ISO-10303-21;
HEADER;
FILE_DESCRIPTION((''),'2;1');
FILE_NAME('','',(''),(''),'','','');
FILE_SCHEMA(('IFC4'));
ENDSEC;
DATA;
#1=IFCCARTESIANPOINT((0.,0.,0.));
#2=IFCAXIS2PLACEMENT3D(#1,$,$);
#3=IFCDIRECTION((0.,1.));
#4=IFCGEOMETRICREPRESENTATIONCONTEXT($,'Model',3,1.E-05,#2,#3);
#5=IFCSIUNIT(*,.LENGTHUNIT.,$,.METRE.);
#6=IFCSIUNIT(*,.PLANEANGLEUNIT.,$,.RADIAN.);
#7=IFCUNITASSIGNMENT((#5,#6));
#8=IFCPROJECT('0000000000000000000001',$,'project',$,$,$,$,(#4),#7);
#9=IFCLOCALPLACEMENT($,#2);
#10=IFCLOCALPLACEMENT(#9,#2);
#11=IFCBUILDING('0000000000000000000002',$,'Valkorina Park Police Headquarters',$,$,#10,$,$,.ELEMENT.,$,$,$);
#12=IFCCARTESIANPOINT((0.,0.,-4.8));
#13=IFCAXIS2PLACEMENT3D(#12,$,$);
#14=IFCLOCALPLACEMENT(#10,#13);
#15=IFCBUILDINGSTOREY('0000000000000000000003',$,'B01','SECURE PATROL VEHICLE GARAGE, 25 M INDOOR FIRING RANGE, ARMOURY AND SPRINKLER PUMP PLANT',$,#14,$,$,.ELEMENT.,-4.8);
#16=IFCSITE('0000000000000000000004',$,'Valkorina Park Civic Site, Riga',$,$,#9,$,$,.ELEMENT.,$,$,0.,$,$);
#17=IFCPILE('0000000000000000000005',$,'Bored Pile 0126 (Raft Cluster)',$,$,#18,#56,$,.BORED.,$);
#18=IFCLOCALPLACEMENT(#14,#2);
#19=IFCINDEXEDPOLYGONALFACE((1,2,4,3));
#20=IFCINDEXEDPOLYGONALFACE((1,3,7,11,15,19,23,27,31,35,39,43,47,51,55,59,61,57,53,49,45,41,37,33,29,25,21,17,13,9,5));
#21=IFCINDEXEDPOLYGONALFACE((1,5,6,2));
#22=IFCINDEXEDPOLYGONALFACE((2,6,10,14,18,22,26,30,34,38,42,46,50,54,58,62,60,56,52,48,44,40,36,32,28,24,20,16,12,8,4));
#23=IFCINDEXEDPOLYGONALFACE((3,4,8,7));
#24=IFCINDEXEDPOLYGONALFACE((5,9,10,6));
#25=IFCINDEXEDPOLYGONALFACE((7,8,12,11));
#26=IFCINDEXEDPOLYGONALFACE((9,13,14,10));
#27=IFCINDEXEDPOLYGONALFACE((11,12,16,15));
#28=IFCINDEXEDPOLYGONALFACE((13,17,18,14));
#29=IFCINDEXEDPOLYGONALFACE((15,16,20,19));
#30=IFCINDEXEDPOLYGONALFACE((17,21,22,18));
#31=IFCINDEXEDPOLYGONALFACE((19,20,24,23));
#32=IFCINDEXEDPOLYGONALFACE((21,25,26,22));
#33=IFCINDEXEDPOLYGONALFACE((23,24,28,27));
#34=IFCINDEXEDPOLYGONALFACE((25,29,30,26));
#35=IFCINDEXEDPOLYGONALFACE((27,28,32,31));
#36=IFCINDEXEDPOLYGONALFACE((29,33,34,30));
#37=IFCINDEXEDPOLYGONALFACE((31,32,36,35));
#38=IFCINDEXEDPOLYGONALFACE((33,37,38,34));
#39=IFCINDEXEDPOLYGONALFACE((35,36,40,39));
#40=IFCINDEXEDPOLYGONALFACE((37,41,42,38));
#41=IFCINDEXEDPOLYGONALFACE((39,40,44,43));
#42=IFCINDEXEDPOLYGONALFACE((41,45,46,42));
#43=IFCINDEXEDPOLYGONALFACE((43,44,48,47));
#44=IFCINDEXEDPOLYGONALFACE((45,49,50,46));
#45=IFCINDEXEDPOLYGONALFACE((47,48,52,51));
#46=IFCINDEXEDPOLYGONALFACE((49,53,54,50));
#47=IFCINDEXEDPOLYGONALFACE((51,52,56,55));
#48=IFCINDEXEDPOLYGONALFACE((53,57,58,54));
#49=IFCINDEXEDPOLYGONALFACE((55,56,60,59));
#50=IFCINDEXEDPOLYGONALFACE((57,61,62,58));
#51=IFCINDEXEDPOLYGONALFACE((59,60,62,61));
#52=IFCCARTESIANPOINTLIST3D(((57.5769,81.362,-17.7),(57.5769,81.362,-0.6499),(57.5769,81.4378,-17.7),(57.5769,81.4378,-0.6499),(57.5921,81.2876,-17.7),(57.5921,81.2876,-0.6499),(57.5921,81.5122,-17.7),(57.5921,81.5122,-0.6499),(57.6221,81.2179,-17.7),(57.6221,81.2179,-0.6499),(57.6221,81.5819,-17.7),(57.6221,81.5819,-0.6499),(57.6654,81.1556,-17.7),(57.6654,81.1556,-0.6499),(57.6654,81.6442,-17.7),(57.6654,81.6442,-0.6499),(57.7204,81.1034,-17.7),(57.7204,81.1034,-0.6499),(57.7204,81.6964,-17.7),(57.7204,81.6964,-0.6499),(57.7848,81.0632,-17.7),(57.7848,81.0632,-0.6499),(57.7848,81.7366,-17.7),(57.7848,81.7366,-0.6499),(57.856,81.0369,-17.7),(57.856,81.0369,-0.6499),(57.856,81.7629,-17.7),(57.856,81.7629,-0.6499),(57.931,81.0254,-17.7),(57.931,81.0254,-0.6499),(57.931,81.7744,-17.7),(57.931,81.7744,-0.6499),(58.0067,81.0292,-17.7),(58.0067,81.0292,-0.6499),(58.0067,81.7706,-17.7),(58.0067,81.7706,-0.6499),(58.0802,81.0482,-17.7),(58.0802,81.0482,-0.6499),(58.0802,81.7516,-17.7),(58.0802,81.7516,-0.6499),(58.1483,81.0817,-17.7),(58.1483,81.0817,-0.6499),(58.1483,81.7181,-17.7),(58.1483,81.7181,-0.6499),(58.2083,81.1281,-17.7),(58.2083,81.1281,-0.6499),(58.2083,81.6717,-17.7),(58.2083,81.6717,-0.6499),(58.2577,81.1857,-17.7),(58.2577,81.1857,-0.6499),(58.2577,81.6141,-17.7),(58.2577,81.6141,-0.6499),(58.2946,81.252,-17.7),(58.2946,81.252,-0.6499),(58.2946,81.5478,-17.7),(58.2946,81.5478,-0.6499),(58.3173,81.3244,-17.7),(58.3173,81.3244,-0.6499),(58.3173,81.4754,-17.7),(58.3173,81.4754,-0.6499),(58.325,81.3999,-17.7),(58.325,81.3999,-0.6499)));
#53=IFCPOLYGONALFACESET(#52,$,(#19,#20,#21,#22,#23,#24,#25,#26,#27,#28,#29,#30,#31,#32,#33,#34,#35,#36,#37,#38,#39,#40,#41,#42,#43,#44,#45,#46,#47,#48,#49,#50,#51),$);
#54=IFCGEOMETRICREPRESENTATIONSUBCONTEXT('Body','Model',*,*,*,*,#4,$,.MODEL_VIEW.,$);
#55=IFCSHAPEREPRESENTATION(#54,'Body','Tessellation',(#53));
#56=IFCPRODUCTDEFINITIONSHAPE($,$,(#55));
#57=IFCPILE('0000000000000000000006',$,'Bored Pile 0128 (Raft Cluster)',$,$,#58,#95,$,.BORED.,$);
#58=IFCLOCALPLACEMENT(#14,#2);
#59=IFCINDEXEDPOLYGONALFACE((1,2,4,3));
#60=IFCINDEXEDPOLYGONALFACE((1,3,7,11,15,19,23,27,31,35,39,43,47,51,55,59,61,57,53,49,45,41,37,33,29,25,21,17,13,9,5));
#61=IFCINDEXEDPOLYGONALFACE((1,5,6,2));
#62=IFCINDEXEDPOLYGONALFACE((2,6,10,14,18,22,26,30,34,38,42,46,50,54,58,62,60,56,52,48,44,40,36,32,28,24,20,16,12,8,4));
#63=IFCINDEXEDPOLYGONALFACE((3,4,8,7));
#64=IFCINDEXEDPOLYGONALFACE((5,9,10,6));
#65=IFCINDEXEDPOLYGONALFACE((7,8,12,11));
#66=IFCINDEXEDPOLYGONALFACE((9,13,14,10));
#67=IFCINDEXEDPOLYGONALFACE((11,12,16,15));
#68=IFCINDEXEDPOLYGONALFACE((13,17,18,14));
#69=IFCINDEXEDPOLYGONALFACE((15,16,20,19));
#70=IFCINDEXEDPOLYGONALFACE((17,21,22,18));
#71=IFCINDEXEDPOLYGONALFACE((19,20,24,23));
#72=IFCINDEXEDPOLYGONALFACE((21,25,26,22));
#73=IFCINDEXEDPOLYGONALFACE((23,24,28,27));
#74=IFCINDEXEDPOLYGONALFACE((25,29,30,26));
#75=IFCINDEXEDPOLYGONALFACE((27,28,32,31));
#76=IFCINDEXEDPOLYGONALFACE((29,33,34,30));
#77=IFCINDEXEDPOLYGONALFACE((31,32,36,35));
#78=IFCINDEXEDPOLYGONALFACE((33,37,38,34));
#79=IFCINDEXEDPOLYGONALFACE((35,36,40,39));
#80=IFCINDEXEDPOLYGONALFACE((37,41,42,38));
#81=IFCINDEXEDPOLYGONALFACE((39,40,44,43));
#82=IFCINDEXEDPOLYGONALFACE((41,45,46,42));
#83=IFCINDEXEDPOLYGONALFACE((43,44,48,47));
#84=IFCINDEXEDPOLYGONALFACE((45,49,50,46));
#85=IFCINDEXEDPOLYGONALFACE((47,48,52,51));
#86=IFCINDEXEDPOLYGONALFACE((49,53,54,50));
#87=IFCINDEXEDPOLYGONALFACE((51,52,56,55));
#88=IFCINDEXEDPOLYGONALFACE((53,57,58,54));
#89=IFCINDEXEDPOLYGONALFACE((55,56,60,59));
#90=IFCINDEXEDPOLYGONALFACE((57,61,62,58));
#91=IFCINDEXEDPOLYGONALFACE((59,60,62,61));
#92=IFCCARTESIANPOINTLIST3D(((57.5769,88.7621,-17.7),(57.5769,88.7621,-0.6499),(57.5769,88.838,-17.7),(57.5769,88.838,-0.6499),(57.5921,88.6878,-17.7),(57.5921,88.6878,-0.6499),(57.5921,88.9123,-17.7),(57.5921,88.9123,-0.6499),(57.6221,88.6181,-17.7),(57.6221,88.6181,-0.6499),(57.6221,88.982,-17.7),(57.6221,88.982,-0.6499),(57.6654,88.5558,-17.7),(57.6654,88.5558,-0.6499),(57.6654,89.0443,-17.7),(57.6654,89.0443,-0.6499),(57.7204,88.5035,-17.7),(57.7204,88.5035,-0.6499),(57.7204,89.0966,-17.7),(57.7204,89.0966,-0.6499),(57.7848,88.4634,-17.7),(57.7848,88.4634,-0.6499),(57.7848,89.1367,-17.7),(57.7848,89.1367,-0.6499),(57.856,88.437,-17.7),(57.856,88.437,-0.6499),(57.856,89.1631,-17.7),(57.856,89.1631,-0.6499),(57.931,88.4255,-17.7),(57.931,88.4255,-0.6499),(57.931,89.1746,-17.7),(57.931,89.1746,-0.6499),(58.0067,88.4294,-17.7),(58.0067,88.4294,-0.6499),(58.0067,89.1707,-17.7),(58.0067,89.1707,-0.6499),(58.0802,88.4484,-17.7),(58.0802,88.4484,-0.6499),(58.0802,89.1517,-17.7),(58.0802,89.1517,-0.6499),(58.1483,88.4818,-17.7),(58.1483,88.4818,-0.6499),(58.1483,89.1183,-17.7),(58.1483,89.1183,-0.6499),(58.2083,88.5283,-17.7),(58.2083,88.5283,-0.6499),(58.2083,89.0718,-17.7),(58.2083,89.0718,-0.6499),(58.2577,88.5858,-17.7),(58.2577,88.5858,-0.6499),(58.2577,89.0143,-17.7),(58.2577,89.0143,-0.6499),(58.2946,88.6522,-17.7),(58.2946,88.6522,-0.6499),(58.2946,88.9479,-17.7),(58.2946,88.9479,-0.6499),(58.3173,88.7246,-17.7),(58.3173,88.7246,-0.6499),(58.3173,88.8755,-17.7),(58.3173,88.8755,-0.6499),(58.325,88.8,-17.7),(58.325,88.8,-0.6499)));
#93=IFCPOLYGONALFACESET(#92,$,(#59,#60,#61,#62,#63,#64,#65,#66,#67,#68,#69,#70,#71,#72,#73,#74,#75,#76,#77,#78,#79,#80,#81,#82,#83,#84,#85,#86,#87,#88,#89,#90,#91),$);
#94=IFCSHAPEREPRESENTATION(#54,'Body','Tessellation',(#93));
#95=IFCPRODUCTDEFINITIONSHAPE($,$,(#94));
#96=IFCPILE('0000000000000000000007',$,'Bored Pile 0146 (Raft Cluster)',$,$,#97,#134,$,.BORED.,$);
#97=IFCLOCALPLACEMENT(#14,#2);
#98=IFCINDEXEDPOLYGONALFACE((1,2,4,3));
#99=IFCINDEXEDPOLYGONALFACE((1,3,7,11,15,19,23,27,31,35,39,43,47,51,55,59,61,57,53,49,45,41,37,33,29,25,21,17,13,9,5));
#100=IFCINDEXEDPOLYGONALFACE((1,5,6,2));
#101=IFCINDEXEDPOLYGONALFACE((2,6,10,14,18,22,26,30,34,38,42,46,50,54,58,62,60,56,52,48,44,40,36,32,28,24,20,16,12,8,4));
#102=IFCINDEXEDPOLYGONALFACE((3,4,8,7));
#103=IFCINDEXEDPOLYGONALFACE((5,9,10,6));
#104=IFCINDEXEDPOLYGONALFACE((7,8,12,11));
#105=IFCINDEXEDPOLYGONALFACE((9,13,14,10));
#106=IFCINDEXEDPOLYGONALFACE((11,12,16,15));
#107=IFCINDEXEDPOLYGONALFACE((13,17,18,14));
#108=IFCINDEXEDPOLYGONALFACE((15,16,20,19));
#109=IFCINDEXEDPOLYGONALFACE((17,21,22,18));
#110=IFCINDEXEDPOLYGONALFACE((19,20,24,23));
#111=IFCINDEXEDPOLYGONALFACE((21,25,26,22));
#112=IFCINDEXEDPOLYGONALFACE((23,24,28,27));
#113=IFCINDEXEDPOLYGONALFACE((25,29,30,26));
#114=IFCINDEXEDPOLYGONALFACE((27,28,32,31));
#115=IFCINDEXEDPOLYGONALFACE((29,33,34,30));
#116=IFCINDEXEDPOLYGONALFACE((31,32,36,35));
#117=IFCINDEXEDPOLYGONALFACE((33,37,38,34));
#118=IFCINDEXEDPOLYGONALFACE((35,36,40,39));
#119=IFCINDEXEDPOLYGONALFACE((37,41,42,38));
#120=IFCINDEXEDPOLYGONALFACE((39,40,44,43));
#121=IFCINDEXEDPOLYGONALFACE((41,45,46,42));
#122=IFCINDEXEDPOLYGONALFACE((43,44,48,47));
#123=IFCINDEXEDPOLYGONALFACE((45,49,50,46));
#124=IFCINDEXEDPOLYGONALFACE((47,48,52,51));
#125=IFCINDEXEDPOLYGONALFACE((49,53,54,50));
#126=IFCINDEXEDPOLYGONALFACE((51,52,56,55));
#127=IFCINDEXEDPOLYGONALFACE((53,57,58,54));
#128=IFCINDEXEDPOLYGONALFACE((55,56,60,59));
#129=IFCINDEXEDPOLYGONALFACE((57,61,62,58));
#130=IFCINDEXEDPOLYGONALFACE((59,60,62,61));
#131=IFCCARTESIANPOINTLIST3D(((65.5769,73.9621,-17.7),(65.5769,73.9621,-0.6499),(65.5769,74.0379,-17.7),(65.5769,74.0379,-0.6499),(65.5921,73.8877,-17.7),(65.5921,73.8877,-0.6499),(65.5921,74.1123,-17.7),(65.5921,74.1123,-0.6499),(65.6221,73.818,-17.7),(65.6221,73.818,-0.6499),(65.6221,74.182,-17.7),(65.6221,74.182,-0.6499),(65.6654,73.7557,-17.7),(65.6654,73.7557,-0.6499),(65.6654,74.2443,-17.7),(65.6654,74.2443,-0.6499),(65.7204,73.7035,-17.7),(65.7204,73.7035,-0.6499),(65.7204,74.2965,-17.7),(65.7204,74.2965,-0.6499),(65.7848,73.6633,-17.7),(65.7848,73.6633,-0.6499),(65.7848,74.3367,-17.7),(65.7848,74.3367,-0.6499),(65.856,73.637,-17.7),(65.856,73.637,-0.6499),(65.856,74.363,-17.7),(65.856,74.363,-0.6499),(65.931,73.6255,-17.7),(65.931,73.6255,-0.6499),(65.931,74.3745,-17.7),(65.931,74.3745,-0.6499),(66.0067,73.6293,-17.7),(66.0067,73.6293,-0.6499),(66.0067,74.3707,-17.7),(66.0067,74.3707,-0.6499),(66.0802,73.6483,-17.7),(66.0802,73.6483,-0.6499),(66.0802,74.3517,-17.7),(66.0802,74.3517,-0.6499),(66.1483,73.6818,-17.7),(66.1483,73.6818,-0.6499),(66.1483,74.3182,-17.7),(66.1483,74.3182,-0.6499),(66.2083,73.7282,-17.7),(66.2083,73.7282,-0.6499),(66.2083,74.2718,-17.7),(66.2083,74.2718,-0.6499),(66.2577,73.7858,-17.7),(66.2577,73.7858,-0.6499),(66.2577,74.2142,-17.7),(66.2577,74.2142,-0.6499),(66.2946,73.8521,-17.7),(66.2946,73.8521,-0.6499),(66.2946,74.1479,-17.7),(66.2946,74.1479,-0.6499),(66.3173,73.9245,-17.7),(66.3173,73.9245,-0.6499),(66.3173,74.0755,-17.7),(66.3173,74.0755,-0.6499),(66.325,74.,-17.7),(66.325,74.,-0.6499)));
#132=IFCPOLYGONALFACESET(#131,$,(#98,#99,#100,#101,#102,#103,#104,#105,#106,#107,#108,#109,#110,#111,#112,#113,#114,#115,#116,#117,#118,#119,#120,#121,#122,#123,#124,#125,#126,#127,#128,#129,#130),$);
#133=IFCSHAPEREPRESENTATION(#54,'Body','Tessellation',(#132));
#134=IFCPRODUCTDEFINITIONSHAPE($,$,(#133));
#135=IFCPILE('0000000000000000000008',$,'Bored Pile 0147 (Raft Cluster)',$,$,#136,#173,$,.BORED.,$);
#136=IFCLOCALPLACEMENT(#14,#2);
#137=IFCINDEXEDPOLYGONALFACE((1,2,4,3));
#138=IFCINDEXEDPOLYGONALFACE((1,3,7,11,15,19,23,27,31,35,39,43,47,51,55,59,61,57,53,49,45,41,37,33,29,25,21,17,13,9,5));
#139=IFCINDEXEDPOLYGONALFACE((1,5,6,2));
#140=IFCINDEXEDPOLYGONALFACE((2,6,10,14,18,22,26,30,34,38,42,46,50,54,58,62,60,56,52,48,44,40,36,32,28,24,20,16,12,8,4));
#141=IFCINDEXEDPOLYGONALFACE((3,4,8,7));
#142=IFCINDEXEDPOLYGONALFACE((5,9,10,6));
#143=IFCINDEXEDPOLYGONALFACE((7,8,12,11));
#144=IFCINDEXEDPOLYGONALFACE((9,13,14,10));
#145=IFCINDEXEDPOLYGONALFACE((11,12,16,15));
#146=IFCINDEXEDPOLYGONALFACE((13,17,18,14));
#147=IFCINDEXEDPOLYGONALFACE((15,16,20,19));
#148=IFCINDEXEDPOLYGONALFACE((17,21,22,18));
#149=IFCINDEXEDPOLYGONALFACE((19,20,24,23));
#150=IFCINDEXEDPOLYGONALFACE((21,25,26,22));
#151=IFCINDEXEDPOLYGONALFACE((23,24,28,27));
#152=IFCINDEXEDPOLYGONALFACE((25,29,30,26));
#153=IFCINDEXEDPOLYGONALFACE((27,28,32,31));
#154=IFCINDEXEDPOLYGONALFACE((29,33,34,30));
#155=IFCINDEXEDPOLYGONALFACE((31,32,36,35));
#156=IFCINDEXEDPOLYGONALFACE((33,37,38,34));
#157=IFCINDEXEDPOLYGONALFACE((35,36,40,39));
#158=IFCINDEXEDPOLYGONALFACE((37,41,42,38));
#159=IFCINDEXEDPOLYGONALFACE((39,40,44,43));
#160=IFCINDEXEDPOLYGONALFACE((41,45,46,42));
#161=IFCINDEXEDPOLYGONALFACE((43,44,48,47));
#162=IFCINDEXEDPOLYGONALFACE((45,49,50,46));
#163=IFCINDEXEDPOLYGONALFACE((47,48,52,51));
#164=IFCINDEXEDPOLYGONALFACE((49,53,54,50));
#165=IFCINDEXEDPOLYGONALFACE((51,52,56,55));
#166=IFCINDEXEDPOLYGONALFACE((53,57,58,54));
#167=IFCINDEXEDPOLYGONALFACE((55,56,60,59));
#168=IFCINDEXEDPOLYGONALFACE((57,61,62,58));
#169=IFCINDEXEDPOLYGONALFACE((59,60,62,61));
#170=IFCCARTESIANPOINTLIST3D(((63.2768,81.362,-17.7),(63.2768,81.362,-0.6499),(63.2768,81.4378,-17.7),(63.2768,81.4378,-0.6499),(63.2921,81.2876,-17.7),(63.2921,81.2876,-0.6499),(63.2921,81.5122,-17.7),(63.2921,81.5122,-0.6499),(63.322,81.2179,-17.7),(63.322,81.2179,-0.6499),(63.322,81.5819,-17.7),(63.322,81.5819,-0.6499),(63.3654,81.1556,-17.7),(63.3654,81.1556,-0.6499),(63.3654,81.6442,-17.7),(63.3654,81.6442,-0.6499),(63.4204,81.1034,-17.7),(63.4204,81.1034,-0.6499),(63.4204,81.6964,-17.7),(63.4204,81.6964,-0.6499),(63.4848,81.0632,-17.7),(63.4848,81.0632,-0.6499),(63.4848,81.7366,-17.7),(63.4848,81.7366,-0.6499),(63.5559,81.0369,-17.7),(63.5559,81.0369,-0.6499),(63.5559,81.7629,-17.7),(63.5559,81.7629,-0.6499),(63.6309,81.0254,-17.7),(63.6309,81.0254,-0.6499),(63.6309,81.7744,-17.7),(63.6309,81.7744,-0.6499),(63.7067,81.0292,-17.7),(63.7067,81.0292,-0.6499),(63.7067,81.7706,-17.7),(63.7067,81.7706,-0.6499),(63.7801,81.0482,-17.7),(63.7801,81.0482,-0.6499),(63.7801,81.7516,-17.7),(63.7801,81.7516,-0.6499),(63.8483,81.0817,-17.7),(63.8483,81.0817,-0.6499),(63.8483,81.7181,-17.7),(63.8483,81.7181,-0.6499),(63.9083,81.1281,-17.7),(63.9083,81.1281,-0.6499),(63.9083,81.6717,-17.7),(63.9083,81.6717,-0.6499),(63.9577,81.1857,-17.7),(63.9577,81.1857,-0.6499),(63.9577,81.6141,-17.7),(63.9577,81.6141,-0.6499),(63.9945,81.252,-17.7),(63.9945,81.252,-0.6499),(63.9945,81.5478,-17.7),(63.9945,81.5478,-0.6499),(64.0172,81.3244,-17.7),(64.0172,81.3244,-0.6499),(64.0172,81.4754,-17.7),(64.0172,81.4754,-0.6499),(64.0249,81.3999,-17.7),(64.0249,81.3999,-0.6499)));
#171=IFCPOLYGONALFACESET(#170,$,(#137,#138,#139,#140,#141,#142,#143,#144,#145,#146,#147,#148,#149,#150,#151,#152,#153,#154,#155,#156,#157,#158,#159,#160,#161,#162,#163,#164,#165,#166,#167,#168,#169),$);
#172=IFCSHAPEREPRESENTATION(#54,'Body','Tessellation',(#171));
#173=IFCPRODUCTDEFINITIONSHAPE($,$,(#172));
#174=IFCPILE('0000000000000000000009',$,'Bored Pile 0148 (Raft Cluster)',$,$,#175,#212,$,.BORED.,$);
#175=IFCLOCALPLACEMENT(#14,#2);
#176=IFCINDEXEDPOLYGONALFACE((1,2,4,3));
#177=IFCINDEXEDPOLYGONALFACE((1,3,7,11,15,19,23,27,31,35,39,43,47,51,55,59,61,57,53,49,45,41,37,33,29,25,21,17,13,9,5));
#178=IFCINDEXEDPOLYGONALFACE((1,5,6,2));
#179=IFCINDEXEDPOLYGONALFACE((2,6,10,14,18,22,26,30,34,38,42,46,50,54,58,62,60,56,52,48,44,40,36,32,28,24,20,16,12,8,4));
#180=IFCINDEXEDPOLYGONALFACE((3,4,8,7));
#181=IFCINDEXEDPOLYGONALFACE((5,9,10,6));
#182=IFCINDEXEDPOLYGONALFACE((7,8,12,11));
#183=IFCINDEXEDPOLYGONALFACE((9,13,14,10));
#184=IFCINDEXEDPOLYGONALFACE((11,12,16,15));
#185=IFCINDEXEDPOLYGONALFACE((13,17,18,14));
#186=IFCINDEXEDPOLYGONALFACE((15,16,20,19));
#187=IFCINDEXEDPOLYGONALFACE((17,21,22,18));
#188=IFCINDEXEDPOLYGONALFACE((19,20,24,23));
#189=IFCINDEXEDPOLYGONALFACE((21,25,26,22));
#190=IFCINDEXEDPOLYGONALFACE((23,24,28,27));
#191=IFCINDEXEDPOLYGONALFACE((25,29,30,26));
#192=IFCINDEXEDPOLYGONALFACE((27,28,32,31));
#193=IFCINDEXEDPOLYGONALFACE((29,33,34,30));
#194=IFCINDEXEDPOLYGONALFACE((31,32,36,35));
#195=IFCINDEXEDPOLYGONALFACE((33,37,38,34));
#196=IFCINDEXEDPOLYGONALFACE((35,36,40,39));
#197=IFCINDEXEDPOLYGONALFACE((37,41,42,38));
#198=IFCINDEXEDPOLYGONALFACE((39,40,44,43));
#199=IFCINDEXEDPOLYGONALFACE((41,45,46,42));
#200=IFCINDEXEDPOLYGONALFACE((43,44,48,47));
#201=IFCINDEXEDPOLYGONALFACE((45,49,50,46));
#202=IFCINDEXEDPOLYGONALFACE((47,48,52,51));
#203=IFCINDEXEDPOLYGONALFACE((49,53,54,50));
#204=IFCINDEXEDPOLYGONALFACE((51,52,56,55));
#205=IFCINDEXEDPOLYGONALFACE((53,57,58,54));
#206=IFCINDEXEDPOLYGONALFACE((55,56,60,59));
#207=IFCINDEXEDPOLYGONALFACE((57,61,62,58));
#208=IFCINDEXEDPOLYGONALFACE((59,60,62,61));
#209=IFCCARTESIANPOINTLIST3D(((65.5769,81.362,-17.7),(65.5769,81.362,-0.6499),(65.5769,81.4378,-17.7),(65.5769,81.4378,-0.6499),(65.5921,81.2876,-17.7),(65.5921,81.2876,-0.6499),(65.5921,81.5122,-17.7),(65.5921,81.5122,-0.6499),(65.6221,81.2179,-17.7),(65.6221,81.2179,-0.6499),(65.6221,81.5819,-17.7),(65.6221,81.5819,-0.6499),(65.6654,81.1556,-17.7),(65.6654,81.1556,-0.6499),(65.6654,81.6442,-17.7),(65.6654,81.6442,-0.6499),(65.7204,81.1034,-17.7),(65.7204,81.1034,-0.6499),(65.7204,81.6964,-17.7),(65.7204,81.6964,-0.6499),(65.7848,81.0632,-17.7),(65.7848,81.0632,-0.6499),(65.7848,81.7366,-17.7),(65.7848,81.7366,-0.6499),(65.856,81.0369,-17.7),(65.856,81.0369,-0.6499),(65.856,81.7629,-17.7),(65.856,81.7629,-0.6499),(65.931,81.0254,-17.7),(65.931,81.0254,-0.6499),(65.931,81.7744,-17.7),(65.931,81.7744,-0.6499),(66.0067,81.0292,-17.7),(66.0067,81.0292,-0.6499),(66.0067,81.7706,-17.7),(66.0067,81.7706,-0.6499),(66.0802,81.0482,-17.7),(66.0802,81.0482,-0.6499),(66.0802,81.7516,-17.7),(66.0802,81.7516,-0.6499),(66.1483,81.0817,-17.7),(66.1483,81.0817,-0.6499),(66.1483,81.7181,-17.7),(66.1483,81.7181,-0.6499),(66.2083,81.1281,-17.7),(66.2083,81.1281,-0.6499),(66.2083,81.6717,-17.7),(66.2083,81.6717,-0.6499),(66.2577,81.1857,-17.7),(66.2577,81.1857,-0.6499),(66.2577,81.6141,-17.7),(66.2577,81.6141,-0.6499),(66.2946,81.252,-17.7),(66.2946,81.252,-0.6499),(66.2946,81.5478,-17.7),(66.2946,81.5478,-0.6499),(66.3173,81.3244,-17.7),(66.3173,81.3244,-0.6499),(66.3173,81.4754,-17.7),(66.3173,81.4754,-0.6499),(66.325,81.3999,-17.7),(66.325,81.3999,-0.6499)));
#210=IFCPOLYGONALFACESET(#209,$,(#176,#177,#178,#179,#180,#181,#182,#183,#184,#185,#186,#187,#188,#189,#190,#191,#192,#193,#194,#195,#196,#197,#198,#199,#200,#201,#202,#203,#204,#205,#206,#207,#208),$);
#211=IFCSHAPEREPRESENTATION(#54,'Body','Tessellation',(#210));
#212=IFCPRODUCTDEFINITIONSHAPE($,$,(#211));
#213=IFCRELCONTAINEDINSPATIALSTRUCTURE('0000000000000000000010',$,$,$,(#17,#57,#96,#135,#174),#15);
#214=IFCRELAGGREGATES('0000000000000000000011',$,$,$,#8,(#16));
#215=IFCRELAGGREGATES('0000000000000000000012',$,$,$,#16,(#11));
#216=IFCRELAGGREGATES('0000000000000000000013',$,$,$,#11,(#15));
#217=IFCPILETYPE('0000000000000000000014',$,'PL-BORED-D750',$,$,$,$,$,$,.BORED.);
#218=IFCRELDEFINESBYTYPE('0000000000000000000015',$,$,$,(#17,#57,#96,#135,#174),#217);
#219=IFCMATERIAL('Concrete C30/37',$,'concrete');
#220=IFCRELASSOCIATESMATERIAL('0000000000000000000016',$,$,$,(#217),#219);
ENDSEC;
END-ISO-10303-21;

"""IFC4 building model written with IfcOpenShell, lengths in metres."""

from ifc_helpers import new_model, si_unit, direction, frame, origin, origin_2d, place, context, subcontext, project, spatial, circle, extrude, material, material_profile, profile_set, type_object, element, save


model = new_model("IFC4")

# Units and contexts
model_context = context("Model", 3, precision=1e-05, world=origin(), true_north=direction((0.0, 1.0)))
body_context = subcontext(model_context, "Body", "Model", "MODEL_VIEW")
ifc_project = project(units=[si_unit("LENGTHUNIT", "METRE"), si_unit("PLANEANGLEUNIT", "RADIAN")], contexts=[model_context])

# Site, building, storey
site_placement = place(None, origin())
site = spatial("IfcSite", under=ifc_project, at=site_placement, Name="Valkorina Park Civic Site, Riga", CompositionType="ELEMENT", RefElevation=0.0)
building_placement = place(site_placement, origin())
building = spatial("IfcBuilding", under=site, at=building_placement, Name="Valkorina Park Police Headquarters", CompositionType="ELEMENT")
storey_placement = place(building_placement, frame((0.0, 0.0, -4.8)))
storey = spatial("IfcBuildingStorey", under=building, at=storey_placement, Name="B01", Description="SECURE PATROL VEHICLE GARAGE, 25 M INDOOR FIRING RANGE, ARMOURY AND SPRINKLER PUMP PLANT", CompositionType="ELEMENT", Elevation=-4.8)

# Piles
ifc_material_1 = material(Name="Concrete C30/37", Category="concrete")
ifc_material_profile_1 = material_profile(ifc_material_1, circle(Radius=0.375, at=origin_2d()), Name="BORED PILE D750")
ifc_profile_set_1 = profile_set([ifc_material_profile_1], Name="Concrete C30/37")
pile_type = type_object("IfcPileType", Name="PL-BORED-D750", PredefinedType="BORED", material=ifc_profile_set_1)
for number, where, z_axis, x_axis, name in (
    (1, (57.95, 81.3999, -0.6499), (0.0, 0.0, -1.0), (1.0, 0.0, 0.0), "Bored Pile 0126 (Raft Cluster)"),
    (2, (57.95, 88.8, -0.6499), (0.0, 0.0, -1.0), (1.0, 0.0, 0.0), "Bored Pile 0128 (Raft Cluster)"),
    (3, (65.95, 74.0, -0.6499), (0.0, 0.0, -1.0), (1.0, 0.0, 0.0), "Bored Pile 0146 (Raft Cluster)"),
    (4, (63.6499, 81.3999, -0.6499), (0.0, 0.0, -1.0), (1.0, 0.0, 0.0), "Bored Pile 0147 (Raft Cluster)"),
    (5, (65.95, 81.3999, -0.6499), (0.0, 0.0, -1.0), (1.0, 0.0, 0.0), "Bored Pile 0148 (Raft Cluster)"),
):
    element("IfcPile", number, at=place(storey_placement, frame(where, z_axis=z_axis, x_axis=x_axis)), inside=storey, type_object=pile_type, Name=name, PredefinedType="BORED", context=body_context, shape_type="SweptSolid", body=[
        extrude(circle(Radius=0.375, at=origin_2d()), origin(), (0.0, 0.0, 1.0), 17.05),
    ])

save(model, "model.ifc")
